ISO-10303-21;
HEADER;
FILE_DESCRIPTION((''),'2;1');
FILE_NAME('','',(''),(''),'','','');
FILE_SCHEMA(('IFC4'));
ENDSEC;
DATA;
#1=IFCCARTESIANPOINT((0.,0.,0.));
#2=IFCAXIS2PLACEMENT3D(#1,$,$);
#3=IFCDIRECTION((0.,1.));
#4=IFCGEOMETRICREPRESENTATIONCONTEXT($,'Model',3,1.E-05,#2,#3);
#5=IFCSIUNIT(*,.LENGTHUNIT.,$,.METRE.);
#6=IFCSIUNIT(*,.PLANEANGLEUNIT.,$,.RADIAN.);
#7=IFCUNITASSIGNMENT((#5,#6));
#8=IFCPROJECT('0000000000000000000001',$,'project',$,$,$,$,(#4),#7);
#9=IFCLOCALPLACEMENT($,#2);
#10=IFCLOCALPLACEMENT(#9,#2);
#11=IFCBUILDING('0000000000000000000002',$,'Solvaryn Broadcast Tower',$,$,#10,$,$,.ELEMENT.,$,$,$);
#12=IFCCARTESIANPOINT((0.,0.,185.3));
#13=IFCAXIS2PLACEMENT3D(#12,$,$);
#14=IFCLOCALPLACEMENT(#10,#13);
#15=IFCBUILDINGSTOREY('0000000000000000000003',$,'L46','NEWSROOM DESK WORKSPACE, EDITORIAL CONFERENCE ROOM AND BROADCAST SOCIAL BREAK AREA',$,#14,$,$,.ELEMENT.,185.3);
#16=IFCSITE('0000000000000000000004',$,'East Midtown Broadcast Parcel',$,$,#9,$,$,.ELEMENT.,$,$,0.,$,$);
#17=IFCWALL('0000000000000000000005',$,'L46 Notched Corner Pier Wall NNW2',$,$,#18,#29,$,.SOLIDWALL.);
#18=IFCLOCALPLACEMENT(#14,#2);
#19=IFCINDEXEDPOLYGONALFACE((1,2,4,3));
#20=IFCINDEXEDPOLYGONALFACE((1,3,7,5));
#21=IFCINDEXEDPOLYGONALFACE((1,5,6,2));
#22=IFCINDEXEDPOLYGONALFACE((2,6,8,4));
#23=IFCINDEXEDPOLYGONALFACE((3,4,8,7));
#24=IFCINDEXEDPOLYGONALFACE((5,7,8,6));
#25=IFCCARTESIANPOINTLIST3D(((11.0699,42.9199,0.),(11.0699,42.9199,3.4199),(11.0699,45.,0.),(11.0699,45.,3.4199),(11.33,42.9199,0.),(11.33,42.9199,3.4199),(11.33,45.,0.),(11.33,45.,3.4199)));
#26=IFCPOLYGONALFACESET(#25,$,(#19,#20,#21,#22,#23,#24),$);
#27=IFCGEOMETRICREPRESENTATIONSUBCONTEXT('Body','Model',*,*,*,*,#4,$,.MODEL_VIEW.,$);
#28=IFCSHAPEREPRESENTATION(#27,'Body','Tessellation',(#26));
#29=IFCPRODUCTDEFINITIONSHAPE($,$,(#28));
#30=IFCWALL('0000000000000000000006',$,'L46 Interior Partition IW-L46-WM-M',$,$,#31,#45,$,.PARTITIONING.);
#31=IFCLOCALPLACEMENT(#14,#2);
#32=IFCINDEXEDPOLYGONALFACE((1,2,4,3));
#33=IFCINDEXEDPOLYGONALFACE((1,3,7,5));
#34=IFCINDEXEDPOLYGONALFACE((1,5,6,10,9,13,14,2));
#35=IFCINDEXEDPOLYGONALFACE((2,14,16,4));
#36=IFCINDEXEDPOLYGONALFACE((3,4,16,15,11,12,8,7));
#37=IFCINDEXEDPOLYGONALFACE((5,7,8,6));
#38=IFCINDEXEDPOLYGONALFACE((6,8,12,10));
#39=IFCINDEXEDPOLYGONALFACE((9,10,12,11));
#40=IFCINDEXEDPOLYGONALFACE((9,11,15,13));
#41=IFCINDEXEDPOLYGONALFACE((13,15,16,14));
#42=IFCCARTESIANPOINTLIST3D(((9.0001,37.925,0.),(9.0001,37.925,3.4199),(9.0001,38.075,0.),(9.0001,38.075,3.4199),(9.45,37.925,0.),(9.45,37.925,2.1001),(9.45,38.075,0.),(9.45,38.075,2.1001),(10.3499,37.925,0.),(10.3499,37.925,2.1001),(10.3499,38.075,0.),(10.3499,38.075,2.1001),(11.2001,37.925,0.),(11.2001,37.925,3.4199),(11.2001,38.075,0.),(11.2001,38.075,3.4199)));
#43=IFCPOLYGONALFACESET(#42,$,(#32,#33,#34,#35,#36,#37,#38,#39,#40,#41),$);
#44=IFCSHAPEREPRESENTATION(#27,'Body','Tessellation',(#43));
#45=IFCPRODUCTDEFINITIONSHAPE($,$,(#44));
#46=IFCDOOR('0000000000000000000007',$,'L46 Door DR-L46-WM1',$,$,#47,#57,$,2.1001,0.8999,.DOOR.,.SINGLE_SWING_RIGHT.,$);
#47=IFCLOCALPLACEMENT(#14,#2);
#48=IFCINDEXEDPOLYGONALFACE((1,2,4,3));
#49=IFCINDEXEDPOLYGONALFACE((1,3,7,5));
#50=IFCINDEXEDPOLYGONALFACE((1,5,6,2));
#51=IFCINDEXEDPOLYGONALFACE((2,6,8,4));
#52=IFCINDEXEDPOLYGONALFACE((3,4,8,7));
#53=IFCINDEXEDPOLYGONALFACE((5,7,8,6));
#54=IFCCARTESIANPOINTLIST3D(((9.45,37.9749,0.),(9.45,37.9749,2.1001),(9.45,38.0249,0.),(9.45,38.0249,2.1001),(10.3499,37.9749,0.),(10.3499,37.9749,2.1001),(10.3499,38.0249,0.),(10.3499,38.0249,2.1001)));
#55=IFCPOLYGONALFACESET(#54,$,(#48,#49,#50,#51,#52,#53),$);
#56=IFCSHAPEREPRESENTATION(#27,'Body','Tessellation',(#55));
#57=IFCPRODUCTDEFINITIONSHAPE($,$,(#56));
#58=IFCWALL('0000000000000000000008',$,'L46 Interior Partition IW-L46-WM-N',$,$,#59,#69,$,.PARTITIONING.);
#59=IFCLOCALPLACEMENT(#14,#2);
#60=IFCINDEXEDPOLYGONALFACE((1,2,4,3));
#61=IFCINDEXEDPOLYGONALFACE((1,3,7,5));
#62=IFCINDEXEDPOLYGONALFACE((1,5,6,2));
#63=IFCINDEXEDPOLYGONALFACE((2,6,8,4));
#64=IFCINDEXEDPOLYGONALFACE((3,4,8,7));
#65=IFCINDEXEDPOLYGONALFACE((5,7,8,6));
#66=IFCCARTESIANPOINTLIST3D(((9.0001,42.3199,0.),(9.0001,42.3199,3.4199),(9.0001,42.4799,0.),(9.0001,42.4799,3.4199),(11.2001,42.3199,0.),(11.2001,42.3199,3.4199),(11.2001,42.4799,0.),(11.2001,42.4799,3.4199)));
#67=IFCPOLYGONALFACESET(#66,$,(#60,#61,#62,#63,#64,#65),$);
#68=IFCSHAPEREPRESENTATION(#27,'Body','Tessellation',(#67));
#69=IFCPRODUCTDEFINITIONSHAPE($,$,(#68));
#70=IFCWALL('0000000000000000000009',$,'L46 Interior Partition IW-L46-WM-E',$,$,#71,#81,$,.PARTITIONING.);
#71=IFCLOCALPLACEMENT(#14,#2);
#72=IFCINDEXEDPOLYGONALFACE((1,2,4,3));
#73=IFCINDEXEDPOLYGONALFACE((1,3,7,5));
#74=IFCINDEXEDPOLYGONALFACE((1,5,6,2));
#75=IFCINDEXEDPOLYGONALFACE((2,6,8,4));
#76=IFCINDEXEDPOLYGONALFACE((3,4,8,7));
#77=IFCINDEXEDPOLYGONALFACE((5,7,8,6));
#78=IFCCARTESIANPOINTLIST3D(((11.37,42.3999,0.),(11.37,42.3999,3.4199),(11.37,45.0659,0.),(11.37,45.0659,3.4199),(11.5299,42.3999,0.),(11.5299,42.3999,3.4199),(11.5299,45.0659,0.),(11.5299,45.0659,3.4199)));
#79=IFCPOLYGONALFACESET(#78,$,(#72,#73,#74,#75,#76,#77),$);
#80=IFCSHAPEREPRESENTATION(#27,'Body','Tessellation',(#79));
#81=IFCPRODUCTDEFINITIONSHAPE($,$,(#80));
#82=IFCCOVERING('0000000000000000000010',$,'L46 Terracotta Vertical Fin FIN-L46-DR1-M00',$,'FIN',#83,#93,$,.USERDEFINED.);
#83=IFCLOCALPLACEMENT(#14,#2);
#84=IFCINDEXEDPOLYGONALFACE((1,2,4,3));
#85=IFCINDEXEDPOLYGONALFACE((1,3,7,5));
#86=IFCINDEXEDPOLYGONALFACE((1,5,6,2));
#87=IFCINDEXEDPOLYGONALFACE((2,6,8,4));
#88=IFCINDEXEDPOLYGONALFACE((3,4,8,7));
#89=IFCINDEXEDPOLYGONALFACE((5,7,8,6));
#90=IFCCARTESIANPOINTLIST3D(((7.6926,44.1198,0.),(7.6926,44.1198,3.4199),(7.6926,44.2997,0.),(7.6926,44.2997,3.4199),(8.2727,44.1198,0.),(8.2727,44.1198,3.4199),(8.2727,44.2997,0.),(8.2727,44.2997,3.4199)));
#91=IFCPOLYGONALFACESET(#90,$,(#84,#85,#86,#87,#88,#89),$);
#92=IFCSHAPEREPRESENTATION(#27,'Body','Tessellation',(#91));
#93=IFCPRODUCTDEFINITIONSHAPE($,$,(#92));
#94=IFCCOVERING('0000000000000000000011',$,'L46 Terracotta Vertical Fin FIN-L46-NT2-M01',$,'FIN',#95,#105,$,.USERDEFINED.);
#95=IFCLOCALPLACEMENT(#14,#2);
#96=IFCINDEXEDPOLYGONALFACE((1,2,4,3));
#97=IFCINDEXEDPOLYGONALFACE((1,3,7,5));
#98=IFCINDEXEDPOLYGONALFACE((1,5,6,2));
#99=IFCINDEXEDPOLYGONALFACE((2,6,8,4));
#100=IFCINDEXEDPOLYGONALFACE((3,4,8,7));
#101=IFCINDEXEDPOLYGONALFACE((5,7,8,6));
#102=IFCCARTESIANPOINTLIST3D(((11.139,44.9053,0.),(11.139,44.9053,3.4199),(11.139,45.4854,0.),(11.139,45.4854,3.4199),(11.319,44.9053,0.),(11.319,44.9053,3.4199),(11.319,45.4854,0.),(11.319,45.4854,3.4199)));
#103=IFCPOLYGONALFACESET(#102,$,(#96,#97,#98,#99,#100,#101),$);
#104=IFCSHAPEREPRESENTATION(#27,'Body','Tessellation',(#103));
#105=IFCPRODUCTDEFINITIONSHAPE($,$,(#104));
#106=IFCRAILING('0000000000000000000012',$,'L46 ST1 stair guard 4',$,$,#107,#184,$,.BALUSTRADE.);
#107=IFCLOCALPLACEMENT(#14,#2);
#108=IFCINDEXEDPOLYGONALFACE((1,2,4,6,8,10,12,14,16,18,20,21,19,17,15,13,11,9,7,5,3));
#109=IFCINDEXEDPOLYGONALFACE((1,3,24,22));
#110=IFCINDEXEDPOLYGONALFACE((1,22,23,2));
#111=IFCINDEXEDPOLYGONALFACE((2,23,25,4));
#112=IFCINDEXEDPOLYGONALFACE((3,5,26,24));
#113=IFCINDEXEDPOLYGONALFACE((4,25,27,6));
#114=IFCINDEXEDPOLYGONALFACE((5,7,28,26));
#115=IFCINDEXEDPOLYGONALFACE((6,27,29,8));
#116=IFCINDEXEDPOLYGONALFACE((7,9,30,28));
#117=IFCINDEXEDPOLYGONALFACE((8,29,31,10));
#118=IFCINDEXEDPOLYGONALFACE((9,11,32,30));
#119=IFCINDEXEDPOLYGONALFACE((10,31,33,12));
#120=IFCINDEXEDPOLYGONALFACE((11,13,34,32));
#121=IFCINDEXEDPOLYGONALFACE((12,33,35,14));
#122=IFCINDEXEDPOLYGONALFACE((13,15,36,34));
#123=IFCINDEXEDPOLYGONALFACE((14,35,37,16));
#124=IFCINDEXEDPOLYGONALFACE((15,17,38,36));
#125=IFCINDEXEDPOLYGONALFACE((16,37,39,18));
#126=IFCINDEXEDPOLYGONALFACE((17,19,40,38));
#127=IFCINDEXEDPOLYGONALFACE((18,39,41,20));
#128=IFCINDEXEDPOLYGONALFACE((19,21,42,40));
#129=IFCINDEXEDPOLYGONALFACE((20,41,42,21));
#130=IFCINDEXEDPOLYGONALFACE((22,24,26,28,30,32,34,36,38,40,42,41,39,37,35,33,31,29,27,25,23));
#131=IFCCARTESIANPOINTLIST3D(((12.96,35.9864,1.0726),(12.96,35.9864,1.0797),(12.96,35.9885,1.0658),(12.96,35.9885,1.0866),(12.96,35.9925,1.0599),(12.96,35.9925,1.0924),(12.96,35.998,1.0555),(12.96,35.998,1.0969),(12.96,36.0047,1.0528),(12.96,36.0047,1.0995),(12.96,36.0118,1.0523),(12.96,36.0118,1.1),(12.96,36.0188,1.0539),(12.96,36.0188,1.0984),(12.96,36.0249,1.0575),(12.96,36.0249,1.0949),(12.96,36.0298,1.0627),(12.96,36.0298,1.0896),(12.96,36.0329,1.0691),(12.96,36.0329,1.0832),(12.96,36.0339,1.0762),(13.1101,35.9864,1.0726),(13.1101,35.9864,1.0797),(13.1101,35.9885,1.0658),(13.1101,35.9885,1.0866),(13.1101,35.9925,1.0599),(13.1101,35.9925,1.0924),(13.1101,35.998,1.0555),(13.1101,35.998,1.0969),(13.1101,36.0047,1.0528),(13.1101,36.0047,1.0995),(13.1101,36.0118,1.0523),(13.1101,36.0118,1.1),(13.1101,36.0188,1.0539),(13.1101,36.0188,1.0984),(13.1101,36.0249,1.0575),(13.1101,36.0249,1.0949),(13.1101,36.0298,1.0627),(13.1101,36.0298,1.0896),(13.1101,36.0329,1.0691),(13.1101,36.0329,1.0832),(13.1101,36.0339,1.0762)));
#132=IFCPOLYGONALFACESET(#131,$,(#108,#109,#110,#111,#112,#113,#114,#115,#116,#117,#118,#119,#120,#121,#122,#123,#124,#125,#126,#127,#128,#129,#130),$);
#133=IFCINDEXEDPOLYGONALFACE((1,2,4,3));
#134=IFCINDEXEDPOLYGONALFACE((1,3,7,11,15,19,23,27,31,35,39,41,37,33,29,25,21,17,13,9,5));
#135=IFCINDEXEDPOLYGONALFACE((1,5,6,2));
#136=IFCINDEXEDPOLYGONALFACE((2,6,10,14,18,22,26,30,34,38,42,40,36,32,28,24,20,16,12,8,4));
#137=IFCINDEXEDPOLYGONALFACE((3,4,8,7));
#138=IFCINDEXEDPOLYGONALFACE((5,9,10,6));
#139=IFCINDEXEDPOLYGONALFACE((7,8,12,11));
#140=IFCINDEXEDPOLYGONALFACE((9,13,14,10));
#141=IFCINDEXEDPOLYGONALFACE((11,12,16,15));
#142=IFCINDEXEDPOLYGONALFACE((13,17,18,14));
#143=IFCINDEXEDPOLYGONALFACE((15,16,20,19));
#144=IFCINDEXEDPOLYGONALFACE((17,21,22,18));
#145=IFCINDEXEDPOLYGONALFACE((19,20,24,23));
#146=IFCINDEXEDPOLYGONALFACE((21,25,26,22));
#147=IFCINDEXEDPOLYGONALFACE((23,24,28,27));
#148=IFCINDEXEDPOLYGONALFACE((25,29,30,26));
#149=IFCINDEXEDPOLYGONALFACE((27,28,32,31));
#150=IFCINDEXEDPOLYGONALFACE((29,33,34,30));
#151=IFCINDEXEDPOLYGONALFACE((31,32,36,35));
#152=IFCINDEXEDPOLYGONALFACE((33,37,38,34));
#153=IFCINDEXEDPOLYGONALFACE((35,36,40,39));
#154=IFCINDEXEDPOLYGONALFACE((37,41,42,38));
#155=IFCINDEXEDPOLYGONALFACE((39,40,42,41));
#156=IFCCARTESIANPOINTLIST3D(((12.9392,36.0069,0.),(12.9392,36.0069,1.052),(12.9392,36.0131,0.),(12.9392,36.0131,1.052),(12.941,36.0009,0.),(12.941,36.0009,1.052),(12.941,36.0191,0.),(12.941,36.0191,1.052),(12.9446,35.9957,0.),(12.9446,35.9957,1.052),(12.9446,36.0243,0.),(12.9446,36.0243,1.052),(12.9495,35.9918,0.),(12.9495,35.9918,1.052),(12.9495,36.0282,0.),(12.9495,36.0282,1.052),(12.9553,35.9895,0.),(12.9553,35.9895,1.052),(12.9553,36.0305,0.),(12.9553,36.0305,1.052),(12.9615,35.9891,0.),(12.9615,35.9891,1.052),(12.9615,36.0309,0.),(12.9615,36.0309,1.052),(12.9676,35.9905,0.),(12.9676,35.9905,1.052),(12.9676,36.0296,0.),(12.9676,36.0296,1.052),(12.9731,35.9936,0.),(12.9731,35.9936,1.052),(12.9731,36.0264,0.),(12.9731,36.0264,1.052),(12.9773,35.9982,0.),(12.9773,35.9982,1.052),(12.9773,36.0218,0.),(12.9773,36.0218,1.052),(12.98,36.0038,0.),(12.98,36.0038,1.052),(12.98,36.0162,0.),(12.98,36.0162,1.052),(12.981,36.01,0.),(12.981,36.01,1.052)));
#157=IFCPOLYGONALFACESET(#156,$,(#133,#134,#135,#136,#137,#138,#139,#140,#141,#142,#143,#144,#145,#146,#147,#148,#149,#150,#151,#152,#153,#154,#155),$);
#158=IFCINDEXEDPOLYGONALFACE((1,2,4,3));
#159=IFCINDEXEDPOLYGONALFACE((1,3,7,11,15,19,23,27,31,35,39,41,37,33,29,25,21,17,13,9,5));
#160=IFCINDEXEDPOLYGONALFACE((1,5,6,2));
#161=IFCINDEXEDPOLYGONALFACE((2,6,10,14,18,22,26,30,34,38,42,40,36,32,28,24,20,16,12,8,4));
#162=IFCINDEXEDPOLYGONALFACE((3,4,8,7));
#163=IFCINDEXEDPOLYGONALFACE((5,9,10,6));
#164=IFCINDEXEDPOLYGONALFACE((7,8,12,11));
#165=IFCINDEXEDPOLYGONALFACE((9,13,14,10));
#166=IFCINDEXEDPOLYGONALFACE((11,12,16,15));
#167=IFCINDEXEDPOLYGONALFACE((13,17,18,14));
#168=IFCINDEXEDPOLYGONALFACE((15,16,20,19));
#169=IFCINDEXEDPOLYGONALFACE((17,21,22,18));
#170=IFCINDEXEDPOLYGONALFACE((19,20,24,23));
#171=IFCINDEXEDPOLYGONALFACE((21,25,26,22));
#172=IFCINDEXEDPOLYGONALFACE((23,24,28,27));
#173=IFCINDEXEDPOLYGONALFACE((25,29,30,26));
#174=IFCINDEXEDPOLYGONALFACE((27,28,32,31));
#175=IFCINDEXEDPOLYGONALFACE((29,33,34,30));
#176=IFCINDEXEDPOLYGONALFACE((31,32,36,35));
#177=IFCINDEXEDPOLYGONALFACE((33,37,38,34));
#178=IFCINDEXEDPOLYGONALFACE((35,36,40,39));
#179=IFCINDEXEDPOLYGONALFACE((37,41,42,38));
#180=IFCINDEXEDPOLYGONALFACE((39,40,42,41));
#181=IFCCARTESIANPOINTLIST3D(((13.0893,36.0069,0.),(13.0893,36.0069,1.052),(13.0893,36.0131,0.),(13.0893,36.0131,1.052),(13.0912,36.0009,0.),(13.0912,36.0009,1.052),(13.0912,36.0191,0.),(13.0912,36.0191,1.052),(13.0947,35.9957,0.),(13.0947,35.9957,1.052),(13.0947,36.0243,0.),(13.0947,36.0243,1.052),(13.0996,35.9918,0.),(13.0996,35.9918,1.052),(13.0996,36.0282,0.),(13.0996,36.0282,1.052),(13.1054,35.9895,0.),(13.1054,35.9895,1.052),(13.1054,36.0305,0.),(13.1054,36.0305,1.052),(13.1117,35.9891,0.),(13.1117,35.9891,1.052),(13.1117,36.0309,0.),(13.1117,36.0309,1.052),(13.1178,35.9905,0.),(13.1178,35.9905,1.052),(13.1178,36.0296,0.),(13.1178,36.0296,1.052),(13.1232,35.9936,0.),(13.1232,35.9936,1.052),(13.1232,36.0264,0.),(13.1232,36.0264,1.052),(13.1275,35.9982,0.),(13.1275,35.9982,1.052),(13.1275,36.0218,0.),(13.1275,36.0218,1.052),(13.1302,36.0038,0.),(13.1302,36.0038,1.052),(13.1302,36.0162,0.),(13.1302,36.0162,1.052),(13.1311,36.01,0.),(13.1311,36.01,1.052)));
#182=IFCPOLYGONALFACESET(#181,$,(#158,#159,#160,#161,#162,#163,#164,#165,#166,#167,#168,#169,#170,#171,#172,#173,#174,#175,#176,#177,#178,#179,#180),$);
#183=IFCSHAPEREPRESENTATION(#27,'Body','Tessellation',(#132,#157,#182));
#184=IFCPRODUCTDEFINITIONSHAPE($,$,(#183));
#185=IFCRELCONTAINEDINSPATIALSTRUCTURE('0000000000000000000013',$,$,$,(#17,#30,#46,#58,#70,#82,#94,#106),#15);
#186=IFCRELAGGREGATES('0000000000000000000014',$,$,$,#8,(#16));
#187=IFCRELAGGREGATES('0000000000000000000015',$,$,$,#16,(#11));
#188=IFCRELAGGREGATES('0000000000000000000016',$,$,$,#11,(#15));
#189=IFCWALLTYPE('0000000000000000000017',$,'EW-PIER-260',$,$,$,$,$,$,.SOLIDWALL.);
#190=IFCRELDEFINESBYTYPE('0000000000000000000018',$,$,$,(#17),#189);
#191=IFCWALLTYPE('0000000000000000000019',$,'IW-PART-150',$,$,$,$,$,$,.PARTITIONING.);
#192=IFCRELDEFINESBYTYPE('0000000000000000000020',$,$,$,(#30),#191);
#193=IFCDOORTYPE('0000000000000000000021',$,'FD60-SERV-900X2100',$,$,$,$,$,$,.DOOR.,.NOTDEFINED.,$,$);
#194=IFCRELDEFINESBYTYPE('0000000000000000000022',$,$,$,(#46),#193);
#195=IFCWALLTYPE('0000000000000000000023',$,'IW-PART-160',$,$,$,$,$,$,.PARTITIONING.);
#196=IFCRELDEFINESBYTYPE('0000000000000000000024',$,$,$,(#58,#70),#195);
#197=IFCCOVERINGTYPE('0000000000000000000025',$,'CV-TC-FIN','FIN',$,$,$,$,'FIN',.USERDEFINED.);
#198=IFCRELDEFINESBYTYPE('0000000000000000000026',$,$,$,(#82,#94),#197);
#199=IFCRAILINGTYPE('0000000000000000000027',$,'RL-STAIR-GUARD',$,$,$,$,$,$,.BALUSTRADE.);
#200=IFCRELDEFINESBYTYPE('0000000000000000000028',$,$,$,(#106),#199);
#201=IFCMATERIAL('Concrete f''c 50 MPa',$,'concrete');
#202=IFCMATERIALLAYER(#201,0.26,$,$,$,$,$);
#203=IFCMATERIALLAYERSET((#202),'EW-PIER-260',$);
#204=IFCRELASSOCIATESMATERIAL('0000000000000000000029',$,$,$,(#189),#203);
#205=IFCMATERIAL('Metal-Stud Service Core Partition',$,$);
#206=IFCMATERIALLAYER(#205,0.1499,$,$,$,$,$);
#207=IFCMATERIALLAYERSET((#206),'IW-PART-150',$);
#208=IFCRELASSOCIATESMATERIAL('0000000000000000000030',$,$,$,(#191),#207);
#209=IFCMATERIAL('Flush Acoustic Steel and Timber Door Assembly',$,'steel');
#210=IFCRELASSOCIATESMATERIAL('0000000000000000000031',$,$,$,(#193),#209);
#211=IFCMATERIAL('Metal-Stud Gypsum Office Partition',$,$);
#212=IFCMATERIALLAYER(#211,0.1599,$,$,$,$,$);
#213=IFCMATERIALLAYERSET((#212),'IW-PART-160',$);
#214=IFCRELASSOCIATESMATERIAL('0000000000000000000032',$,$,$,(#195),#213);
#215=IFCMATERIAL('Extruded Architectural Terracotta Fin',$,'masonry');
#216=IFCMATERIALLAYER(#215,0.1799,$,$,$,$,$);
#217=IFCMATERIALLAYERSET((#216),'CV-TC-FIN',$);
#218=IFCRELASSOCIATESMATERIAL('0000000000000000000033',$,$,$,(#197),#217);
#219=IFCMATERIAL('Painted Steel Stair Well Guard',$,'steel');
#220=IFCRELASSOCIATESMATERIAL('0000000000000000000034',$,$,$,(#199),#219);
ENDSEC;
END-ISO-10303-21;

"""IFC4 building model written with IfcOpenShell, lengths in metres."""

from ifc_helpers import new_model, si_unit, direction, frame, frame_2d, origin, origin_2d, place, context, subcontext, project, spatial, rectangle, circle, extrude, material, layer, layer_set, type_object, element, fill, save


model = new_model("IFC4")

# Units and contexts
model_context = context("Model", 3, precision=1e-05, world=origin(), true_north=direction((0.0, 1.0)))
body_context = subcontext(model_context, "Body", "Model", "MODEL_VIEW")
ifc_project = project(units=[si_unit("LENGTHUNIT", "METRE"), si_unit("PLANEANGLEUNIT", "RADIAN")], contexts=[model_context])

# Site, building, storey
site_placement = place(None, origin())
site = spatial("IfcSite", under=ifc_project, at=site_placement, Name="East Midtown Broadcast Parcel", CompositionType="ELEMENT", RefElevation=0.0)
building_placement = place(site_placement, origin())
building = spatial("IfcBuilding", under=site, at=building_placement, Name="Solvaryn Broadcast Tower", CompositionType="ELEMENT")
storey_placement = place(building_placement, frame((0.0, 0.0, 185.3)))
storey = spatial("IfcBuildingStorey", under=building, at=storey_placement, Name="L46", Description="NEWSROOM DESK WORKSPACE, EDITORIAL CONFERENCE ROOM AND BROADCAST SOCIAL BREAK AREA", CompositionType="ELEMENT", Elevation=185.3)

# Wall
ifc_material_1 = material(Name="Concrete f'c 50 MPa", Category="concrete")
ifc_layer_1 = layer(ifc_material_1, 0.26)
ifc_layer_set_1 = layer_set([ifc_layer_1], Name="EW-PIER-260")
wall_type_1 = type_object("IfcWallType", Name="EW-PIER-260", PredefinedType="SOLIDWALL", material=ifc_layer_set_1)
wall_1_placement = place(storey_placement, frame((11.2, 42.9199, 0.0), z_axis=(0.0, 0.0, 1.0), x_axis=(0.0, 1.0, 0.0)))
element("IfcWall", 1, at=wall_1_placement, inside=storey, type_object=wall_type_1, Name="L46 Notched Corner Pier Wall NNW2", PredefinedType="SOLIDWALL", context=body_context, shape_type="SweptSolid", body=[
    extrude(rectangle(XDim=2.0801, YDim=0.26, at=frame_2d((1.04, 0.0))), origin(), (0.0, 0.0, 1.0), 3.4199),
])

# Wall, opening, door
ifc_material_2 = material(Name="Metal-Stud Service Core Partition")
ifc_layer_2 = layer(ifc_material_2, 0.1499)
ifc_layer_set_2 = layer_set([ifc_layer_2], Name="IW-PART-150")
wall_type_2 = type_object("IfcWallType", Name="IW-PART-150", PredefinedType="PARTITIONING", material=ifc_layer_set_2)
wall_2_placement = place(storey_placement, frame((9.0, 38.0, 0.0), z_axis=(0.0, 0.0, 1.0), x_axis=(1.0, 0.0, 0.0)))
wall_2 = element("IfcWall", 2, at=wall_2_placement, inside=storey, type_object=wall_type_2, Name="L46 Interior Partition IW-L46-WM-M", PredefinedType="PARTITIONING", context=body_context, shape_type="SweptSolid", body=[
    extrude(rectangle(XDim=2.2, YDim=0.1499, at=frame_2d((1.1001, 0.0))), origin(), (0.0, 0.0, 1.0), 3.4199),
])
opening_placement = place(wall_2_placement, frame((0.45, 0.0, 0.0)))
opening = element("IfcOpeningElement", 3, at=opening_placement, cuts=wall_2, PredefinedType="OPENING", context=body_context, shape_type="SweptSolid", body=[
    extrude(rectangle(XDim=0.8999, YDim=2.1001, at=frame_2d((0.45, 1.05))), frame((0.0, 0.085, 0.0), z_axis=(0.0, -1.0, 0.0), x_axis=(1.0, 0.0, 0.0)), (0.0, 0.0, 1.0), 0.1699),
])
ifc_material_3 = material(Name="Flush Acoustic Steel and Timber Door Assembly", Category="steel")
door_type = type_object("IfcDoorType", Name="FD60-SERV-900X2100", OperationType="NOTDEFINED", PredefinedType="DOOR", material=ifc_material_3)
door_placement = place(opening_placement, origin())
door = element("IfcDoor", 4, at=door_placement, inside=storey, type_object=door_type, Name="L46 Door DR-L46-WM1", OperationType="SINGLE_SWING_RIGHT", OverallHeight=2.1001, OverallWidth=0.8999, PredefinedType="DOOR", context=body_context, shape_type="SweptSolid", body=[
    extrude(rectangle(XDim=0.8999, YDim=2.1001, at=frame_2d((0.45, 1.05))), frame((0.0, 0.0249, 0.0), z_axis=(0.0, -1.0, 0.0), x_axis=(1.0, 0.0, 0.0)), (0.0, 0.0, 1.0), 0.05),
])
fill(opening, door)

# Walls
ifc_material_4 = material(Name="Metal-Stud Gypsum Office Partition")
ifc_layer_3 = layer(ifc_material_4, 0.1599)
ifc_layer_set_3 = layer_set([ifc_layer_3], Name="IW-PART-160")
wall_type_3 = type_object("IfcWallType", Name="IW-PART-160", PredefinedType="PARTITIONING", material=ifc_layer_set_3)
wall_3_placement = place(storey_placement, frame((9.0, 42.3999, 0.0), z_axis=(0.0, 0.0, 1.0), x_axis=(1.0, 0.0, 0.0)))
element("IfcWall", 5, at=wall_3_placement, inside=storey, type_object=wall_type_3, Name="L46 Interior Partition IW-L46-WM-N", PredefinedType="PARTITIONING", context=body_context, shape_type="SweptSolid", body=[
    extrude(rectangle(XDim=2.2, YDim=0.1599, at=frame_2d((1.1001, 0.0))), origin(), (0.0, 0.0, 1.0), 3.4199),
])
wall_4_placement = place(storey_placement, frame((11.45, 42.3999, 0.0), z_axis=(0.0, 0.0, 1.0), x_axis=(0.0, 1.0, 0.0)))
element("IfcWall", 6, at=wall_4_placement, inside=storey, type_object=wall_type_3, Name="L46 Interior Partition IW-L46-WM-E", PredefinedType="PARTITIONING", context=body_context, shape_type="SweptSolid", body=[
    extrude(rectangle(XDim=2.666, YDim=0.1599, at=frame_2d((1.333, 0.0))), origin(), (0.0, 0.0, 1.0), 3.4199),
])

# Coverings
ifc_material_5 = material(Name="Extruded Architectural Terracotta Fin", Category="masonry")
ifc_layer_4 = layer(ifc_material_5, 0.1799)
ifc_layer_set_4 = layer_set([ifc_layer_4], Name="CV-TC-FIN")
covering_type = type_object("IfcCoveringType", Name="CV-TC-FIN", Description="FIN", ElementType="FIN", PredefinedType="USERDEFINED", material=ifc_layer_set_4)
covering_1_placement = place(storey_placement, frame((7.9827, 44.2097, 0.0), z_axis=(0.0, 0.0, 1.0), x_axis=(1.0, 0.0, 0.0)))
element("IfcCovering", 7, at=covering_1_placement, inside=storey, type_object=covering_type, Name="L46 Terracotta Vertical Fin FIN-L46-DR1-M00", ObjectType="FIN", PredefinedType="USERDEFINED", context=body_context, shape_type="SweptSolid", body=[
    extrude(rectangle(XDim=0.5801, YDim=0.1799, at=origin_2d()), origin(), (0.0, 0.0, 1.0), 3.4199),
])
covering_2_placement = place(storey_placement, frame((11.229, 45.1953, 0.0), z_axis=(0.0, 0.0, 1.0), x_axis=(1.0, 0.0, 0.0)))
element("IfcCovering", 8, at=covering_2_placement, inside=storey, type_object=covering_type, Name="L46 Terracotta Vertical Fin FIN-L46-NT2-M01", ObjectType="FIN", PredefinedType="USERDEFINED", context=body_context, shape_type="SweptSolid", body=[
    extrude(rectangle(XDim=0.1799, YDim=0.5801, at=origin_2d()), origin(), (0.0, 0.0, 1.0), 3.4199),
])

# Railing
ifc_material_6 = material(Name="Painted Steel Stair Well Guard", Category="steel")
railing_type_1 = type_object("IfcRailingType", Name="RL-STAIR-GUARD", PredefinedType="BALUSTRADE", material=ifc_material_6)
railing_1_placement = place(storey_placement, frame((12.96, 36.01, 0.0)))
element("IfcRailing", 9, at=railing_1_placement, inside=storey, type_object=railing_type_1, Name="L46 ST1 stair guard 4", PredefinedType="BALUSTRADE", context=body_context, shape_type="SweptSolid", body=[
    extrude(circle(Radius=0.0239, at=origin_2d()), frame((0.0, 0.0, 1.0762), z_axis=(1.0, 0.0, 0.0), x_axis=(0.0, 1.0, 0.0)), (0.0, 0.0, 1.0), 0.1501),
    extrude(circle(Radius=0.021, at=origin_2d()), origin(), (0.0, 0.0, 1.0), 1.052),
    extrude(circle(Radius=0.021, at=origin_2d()), frame((0.1501, 0.0, 0.0)), (0.0, 0.0, 1.0), 1.052),
])

save(model, "model.ifc")
